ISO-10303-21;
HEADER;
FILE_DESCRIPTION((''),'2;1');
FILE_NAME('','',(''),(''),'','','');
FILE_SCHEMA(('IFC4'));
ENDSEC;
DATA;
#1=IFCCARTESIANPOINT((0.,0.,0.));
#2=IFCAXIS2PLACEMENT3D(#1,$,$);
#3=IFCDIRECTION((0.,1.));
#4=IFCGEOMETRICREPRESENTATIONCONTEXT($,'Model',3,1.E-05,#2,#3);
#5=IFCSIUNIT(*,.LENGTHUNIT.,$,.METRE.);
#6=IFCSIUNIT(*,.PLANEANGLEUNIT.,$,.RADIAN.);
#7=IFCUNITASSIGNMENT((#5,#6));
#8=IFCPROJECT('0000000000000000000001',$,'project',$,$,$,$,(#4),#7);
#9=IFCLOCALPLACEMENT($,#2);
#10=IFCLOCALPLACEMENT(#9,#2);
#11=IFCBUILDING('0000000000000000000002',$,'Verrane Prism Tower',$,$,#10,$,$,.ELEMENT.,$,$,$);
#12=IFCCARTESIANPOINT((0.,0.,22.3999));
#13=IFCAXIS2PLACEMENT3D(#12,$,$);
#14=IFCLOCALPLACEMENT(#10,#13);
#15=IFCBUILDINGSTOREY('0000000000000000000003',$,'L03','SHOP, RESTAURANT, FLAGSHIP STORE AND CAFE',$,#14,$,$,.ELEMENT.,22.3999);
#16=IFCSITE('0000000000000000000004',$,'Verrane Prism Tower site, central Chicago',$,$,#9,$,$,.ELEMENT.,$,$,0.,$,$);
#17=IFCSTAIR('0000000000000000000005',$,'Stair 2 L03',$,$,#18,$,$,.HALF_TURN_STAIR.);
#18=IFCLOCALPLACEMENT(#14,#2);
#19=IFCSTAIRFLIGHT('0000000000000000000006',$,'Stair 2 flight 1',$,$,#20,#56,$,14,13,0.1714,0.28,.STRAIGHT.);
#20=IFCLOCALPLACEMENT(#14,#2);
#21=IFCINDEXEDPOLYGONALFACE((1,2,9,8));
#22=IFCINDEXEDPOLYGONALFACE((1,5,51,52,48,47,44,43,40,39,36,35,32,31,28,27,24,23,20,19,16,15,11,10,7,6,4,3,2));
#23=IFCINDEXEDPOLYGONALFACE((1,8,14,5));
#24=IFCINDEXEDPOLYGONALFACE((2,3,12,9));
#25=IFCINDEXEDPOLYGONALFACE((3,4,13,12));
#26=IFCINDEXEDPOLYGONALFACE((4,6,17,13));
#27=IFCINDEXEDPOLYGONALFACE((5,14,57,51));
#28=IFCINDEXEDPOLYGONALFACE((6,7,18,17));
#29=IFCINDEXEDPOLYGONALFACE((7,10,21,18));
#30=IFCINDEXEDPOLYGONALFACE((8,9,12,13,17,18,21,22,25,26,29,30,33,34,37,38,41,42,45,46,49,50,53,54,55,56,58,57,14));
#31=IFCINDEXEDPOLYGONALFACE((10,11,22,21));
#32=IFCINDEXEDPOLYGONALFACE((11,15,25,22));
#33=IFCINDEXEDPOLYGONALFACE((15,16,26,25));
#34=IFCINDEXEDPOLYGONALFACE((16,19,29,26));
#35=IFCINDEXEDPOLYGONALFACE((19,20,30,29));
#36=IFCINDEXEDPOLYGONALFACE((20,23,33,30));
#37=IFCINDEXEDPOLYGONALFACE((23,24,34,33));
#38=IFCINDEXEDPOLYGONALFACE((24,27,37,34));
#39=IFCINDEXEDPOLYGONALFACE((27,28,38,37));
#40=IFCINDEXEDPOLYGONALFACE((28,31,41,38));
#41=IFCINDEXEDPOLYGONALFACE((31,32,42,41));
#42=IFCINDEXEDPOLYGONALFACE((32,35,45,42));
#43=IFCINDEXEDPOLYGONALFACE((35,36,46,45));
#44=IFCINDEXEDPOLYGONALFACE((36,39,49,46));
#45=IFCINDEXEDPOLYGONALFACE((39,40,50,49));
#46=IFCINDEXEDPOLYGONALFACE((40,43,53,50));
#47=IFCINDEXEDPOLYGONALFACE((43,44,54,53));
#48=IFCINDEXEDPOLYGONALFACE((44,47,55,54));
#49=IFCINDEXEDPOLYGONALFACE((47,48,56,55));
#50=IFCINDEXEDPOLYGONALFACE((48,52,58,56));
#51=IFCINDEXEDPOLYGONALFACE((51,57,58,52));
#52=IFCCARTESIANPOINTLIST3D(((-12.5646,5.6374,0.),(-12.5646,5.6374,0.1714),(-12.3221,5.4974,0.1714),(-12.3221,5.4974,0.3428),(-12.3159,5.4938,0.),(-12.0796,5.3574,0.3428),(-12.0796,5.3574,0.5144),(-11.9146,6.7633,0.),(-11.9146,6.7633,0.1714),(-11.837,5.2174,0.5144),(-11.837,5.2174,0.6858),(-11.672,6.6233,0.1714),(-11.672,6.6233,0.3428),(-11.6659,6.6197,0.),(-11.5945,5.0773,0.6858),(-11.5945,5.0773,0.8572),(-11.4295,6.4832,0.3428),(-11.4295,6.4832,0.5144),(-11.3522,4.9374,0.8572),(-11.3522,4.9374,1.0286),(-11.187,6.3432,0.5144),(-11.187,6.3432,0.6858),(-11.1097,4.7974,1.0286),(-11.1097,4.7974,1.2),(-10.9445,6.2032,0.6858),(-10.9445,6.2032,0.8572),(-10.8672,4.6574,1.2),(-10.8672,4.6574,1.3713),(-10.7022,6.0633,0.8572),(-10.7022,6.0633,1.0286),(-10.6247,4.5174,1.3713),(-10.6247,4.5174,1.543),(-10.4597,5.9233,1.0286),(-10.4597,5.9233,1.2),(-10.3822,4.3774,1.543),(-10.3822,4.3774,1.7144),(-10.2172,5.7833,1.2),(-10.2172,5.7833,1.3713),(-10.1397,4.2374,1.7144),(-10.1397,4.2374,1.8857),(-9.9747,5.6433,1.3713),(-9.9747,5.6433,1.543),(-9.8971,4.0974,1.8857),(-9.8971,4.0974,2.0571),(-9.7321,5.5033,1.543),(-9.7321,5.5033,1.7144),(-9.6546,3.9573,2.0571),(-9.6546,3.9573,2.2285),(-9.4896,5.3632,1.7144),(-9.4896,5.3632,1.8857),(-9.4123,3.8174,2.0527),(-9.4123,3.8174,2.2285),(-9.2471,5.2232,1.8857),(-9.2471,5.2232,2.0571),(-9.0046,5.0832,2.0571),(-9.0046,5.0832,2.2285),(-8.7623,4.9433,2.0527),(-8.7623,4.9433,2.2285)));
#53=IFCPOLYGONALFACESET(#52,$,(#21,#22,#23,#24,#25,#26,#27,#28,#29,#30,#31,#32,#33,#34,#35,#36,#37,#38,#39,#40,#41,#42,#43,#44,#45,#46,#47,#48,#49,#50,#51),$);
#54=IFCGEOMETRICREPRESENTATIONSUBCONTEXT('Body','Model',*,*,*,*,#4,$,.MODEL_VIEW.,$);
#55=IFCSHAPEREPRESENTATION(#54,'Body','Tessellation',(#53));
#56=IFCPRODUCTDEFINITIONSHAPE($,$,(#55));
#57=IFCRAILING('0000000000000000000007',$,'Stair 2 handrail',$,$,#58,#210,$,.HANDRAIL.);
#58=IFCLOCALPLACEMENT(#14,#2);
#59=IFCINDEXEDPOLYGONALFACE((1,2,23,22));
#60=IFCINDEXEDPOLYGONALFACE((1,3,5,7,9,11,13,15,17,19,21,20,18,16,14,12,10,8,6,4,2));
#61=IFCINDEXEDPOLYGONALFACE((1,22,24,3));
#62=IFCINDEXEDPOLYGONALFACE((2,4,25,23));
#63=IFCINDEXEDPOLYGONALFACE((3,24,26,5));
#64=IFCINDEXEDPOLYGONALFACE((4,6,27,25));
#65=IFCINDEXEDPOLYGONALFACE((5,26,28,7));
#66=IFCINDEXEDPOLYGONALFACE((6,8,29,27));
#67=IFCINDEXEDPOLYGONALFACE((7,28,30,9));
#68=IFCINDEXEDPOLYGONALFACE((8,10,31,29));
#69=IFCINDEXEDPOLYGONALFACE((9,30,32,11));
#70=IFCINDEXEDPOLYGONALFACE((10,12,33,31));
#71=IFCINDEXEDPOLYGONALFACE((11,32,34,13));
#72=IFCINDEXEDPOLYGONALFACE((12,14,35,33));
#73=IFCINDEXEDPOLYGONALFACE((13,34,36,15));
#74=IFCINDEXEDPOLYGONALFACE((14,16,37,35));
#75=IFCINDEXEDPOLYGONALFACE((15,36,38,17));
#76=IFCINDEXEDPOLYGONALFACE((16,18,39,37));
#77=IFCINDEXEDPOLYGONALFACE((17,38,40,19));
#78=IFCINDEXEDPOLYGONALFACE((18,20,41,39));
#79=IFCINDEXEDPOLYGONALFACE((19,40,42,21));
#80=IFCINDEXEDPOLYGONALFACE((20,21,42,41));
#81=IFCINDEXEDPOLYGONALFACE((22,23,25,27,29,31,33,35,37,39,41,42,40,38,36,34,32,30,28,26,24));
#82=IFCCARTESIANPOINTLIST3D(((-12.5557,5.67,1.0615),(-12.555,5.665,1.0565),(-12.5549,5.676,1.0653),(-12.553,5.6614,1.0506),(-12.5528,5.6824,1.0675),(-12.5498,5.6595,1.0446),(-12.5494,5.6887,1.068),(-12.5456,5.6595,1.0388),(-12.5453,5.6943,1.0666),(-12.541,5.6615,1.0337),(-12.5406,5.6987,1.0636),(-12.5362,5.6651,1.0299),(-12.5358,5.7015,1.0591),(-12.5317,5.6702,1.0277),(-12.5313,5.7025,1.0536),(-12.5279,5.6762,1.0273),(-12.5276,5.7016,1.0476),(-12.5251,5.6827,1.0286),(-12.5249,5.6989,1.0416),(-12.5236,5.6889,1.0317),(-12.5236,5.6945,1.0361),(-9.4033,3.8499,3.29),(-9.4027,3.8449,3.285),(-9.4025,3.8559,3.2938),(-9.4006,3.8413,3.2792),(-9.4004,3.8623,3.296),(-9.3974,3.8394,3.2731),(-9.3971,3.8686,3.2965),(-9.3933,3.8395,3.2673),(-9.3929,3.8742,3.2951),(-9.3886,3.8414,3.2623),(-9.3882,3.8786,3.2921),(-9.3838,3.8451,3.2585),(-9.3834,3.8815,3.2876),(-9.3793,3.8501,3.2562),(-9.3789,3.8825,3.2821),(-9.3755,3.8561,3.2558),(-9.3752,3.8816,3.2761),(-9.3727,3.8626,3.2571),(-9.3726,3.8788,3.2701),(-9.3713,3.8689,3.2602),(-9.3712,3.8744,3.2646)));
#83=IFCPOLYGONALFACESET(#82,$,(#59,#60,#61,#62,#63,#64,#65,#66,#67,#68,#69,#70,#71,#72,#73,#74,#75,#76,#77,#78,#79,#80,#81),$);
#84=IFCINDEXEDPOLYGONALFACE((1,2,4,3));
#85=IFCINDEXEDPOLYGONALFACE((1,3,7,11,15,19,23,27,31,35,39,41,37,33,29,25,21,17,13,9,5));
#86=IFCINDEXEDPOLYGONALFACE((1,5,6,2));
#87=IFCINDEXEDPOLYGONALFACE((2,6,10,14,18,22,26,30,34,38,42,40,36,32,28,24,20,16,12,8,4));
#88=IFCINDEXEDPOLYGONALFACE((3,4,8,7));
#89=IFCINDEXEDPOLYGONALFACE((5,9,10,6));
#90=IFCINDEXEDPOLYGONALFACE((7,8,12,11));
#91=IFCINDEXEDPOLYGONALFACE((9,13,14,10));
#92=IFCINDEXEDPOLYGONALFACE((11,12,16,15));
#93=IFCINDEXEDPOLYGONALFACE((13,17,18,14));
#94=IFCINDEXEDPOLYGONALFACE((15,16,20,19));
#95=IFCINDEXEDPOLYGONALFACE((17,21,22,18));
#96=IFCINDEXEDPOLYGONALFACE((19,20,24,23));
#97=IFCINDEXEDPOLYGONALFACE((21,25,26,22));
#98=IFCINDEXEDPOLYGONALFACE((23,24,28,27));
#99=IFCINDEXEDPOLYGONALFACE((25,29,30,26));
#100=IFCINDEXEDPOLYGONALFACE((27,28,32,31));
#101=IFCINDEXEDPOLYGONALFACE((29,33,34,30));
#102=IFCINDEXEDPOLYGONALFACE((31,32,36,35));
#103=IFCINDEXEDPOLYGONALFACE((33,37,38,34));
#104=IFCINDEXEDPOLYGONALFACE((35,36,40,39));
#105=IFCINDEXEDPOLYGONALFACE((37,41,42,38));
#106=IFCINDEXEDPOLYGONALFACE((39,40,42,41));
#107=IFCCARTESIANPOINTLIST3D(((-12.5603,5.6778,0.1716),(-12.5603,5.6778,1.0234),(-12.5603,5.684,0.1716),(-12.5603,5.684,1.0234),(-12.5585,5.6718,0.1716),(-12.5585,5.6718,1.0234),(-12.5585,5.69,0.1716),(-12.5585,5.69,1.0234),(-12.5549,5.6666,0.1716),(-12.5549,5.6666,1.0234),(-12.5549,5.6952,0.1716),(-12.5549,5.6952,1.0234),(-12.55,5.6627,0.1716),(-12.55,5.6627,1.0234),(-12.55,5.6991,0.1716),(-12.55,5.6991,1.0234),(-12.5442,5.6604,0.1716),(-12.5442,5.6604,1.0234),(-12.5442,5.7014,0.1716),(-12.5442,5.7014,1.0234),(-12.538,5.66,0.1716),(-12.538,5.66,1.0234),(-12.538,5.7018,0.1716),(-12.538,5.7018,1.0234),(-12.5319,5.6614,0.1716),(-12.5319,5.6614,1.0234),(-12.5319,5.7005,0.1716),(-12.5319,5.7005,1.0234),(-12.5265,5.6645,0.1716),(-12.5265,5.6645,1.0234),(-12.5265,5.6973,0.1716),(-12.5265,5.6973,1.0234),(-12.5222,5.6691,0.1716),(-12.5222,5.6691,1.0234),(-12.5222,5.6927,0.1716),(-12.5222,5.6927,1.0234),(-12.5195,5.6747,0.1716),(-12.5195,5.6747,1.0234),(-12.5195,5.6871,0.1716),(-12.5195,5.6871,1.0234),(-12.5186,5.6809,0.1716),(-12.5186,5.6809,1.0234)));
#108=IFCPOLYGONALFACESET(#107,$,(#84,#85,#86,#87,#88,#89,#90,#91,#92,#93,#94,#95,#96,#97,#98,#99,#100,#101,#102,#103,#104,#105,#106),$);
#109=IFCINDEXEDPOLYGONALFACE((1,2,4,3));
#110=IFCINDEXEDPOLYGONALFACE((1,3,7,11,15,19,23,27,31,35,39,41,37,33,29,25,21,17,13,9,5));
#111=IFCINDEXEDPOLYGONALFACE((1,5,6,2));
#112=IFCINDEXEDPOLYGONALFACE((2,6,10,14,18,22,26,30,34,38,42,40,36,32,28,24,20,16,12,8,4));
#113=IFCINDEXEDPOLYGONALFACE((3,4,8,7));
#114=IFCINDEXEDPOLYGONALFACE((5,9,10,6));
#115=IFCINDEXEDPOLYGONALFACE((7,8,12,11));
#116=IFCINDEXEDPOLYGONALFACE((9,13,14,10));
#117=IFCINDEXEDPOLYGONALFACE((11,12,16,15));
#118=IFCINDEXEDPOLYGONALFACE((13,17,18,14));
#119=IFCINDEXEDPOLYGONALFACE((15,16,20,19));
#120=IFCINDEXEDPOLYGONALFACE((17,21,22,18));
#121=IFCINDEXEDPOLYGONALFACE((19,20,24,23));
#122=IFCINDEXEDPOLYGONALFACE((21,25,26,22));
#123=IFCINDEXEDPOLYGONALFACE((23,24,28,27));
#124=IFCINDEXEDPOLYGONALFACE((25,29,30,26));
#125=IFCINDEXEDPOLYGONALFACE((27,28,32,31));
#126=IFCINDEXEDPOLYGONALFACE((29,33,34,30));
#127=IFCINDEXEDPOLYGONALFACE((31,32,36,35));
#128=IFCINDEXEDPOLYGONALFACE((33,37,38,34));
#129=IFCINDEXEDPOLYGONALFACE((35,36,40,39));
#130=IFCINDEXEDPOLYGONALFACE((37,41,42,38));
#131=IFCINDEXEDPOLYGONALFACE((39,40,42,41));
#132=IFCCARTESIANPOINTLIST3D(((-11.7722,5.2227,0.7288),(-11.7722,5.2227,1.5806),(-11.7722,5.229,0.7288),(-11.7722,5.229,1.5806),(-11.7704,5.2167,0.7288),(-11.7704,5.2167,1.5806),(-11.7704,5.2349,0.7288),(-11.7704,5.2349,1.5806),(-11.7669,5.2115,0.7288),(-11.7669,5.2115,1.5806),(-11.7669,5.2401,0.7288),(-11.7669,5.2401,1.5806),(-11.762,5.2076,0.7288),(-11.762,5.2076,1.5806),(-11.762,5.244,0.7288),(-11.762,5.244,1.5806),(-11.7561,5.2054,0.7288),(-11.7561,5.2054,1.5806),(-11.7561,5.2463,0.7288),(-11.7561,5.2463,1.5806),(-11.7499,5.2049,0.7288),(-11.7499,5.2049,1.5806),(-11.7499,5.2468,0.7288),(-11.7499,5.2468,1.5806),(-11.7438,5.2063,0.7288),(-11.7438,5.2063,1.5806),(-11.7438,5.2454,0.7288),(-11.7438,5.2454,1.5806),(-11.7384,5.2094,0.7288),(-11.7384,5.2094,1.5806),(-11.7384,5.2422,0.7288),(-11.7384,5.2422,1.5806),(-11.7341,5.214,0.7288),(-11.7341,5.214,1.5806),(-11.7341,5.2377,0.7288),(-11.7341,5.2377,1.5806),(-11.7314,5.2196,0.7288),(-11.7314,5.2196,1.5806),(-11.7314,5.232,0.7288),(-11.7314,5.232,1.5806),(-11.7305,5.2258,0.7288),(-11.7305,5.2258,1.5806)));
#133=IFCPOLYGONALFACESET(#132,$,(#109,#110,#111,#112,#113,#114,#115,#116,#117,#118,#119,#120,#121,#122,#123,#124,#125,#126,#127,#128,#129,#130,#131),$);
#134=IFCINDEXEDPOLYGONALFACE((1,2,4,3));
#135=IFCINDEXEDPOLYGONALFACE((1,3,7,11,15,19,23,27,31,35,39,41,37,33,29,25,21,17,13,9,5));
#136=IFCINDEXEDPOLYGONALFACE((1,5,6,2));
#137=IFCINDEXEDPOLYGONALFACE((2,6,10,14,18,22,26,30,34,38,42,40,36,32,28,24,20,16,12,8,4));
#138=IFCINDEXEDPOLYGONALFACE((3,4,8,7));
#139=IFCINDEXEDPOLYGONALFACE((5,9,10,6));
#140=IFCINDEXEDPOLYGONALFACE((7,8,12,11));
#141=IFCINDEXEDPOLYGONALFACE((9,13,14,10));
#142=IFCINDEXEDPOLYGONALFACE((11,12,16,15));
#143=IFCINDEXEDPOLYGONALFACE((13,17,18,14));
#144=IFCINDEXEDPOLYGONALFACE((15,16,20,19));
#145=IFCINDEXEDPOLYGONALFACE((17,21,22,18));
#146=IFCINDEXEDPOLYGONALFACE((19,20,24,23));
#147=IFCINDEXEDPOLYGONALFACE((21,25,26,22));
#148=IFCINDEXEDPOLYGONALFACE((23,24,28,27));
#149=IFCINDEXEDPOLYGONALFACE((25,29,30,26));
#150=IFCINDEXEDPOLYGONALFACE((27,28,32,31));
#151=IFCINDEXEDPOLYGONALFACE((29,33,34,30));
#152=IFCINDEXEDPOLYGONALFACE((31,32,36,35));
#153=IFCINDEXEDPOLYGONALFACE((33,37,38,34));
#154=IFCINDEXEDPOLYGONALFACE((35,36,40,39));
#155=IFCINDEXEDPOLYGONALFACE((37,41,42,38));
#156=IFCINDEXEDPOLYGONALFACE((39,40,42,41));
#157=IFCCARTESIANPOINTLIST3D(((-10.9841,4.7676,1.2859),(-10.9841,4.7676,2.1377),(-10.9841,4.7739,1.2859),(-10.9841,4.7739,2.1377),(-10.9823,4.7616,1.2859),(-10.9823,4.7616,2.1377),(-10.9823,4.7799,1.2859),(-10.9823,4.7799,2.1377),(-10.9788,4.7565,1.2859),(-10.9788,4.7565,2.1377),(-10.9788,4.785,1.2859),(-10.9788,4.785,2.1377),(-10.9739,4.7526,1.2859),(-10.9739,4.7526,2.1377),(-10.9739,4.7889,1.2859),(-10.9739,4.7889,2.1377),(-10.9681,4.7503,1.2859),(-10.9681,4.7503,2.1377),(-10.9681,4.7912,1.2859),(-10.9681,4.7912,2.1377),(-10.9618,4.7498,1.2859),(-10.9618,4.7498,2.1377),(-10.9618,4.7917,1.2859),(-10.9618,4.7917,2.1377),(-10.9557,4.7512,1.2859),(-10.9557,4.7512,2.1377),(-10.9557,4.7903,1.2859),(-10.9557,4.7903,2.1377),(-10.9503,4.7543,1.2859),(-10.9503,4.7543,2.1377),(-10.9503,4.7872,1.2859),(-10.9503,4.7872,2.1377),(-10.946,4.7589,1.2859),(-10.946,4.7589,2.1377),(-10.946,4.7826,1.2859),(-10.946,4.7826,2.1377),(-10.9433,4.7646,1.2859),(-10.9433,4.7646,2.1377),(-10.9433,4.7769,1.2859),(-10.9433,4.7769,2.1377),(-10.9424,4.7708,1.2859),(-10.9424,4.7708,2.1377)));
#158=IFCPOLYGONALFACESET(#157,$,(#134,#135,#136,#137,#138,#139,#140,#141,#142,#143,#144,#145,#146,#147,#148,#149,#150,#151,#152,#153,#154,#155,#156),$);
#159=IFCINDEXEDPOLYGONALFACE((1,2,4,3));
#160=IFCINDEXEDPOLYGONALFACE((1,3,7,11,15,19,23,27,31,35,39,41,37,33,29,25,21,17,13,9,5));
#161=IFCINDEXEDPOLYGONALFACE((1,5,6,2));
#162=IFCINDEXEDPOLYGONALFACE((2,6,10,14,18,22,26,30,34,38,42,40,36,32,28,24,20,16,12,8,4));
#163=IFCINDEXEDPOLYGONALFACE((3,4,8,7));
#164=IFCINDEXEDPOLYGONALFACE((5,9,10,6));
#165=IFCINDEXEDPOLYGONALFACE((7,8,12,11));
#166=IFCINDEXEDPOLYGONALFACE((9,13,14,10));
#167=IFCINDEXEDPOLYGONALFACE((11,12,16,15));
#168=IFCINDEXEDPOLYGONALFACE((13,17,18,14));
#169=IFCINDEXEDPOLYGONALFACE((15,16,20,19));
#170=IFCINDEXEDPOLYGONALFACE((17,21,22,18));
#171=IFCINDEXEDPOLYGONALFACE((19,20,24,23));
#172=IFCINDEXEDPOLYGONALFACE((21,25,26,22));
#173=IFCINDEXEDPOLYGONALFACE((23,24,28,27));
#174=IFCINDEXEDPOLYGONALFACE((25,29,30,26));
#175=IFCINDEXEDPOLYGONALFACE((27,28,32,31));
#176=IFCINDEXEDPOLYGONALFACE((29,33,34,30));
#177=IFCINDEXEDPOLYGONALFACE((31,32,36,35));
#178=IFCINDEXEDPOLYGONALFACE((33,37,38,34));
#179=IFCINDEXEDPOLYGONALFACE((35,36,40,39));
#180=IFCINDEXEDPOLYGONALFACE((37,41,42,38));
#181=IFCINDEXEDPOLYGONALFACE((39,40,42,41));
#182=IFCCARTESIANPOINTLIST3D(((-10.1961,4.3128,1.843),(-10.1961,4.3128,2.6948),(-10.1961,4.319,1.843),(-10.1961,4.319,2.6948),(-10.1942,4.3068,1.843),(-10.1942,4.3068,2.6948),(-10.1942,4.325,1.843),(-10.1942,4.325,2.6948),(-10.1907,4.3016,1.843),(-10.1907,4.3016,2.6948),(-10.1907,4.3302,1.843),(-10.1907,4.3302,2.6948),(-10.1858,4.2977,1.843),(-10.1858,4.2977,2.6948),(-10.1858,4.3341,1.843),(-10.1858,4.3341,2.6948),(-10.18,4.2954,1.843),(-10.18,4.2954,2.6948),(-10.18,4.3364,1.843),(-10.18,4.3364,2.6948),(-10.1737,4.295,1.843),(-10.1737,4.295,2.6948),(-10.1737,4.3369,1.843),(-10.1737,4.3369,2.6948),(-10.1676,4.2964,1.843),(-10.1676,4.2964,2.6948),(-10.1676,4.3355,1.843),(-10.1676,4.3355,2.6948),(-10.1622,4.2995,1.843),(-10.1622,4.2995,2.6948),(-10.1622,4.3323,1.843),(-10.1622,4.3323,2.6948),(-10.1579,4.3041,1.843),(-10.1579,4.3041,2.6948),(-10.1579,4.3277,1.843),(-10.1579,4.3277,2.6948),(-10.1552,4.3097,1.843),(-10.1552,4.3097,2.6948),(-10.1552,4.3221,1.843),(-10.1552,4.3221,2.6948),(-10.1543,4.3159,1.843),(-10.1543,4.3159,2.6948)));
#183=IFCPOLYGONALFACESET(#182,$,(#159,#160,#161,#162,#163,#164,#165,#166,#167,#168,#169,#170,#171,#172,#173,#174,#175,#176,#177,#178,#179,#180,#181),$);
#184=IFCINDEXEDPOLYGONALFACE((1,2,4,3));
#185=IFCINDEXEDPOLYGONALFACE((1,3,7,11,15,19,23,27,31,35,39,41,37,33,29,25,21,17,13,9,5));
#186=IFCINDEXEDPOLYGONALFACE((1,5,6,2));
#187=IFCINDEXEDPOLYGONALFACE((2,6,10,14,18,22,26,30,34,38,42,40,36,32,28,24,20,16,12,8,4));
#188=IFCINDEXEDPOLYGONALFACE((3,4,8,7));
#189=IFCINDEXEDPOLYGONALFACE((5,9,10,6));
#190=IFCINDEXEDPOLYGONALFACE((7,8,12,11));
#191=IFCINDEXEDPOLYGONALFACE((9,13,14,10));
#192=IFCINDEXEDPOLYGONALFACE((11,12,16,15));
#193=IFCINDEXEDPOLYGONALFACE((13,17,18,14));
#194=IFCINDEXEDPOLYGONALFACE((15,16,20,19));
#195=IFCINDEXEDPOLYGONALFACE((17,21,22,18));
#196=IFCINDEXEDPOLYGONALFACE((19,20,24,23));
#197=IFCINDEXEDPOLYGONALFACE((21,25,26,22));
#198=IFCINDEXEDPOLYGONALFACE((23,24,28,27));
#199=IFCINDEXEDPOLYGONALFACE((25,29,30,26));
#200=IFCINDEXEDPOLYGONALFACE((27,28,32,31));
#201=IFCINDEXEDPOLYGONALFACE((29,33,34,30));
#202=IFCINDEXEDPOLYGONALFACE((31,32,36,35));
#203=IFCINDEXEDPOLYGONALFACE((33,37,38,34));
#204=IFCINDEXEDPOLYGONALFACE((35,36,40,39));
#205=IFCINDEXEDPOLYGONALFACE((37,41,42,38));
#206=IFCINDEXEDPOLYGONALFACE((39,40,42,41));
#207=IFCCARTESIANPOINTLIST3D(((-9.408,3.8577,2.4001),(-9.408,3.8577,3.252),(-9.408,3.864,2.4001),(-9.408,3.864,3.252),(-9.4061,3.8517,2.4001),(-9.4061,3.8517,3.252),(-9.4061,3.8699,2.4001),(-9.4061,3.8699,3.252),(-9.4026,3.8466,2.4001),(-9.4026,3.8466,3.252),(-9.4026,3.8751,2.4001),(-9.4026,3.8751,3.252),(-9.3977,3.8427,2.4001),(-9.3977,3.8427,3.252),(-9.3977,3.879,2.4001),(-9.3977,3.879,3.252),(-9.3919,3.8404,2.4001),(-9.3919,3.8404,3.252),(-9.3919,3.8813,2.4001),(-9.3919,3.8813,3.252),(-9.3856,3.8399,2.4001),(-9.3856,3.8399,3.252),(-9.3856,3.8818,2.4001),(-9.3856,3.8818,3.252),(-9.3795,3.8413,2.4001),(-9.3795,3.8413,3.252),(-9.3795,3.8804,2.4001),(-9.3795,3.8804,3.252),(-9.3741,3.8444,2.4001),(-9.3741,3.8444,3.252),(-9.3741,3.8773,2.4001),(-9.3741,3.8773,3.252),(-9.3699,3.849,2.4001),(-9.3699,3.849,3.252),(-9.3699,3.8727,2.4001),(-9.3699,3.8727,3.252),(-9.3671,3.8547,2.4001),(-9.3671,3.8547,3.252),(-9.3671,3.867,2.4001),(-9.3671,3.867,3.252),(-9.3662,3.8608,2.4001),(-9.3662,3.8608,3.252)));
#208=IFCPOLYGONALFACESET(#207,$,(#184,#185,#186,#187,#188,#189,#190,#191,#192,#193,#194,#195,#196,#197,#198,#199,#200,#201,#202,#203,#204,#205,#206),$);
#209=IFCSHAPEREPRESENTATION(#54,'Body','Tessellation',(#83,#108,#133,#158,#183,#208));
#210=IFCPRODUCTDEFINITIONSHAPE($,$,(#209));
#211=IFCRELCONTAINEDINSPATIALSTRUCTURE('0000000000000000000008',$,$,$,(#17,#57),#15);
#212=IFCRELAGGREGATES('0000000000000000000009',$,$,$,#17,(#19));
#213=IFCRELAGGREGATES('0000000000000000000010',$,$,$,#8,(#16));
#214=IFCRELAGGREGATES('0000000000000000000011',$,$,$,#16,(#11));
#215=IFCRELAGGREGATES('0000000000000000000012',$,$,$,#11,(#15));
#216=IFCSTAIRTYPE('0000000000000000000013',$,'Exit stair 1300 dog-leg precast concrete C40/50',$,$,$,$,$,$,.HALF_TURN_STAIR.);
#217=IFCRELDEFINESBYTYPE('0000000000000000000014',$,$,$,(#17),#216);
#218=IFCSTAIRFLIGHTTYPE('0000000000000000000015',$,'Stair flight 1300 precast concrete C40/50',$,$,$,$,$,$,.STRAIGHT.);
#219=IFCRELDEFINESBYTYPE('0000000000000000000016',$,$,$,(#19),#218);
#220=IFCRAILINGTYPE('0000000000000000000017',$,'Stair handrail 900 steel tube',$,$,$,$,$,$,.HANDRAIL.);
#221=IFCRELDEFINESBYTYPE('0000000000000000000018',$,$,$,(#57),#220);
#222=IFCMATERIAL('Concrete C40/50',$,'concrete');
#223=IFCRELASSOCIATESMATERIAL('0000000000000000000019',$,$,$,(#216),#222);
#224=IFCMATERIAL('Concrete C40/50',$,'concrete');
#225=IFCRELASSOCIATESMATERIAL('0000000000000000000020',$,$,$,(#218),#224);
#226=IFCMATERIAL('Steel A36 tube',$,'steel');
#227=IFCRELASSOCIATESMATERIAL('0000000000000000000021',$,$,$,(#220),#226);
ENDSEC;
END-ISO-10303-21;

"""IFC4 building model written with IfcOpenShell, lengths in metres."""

from ifc_helpers import new_model, si_unit, direction, frame, origin, origin_2d, place, context, subcontext, project, spatial, polyline, circle, outline, extrude, material, type_object, element, aggregate, save


model = new_model("IFC4")

# Units and contexts
model_context = context("Model", 3, precision=1e-05, world=origin(), true_north=direction((0.0, 1.0)))
body_context = subcontext(model_context, "Body", "Model", "MODEL_VIEW")
ifc_project = project(units=[si_unit("LENGTHUNIT", "METRE"), si_unit("PLANEANGLEUNIT", "RADIAN")], contexts=[model_context])

# Site, building, storey
site_placement = place(None, origin())
site = spatial("IfcSite", under=ifc_project, at=site_placement, Name="Verrane Prism Tower site, central Chicago", CompositionType="ELEMENT", RefElevation=0.0)
building_placement = place(site_placement, origin())
building = spatial("IfcBuilding", under=site, at=building_placement, Name="Verrane Prism Tower", CompositionType="ELEMENT")
storey_placement = place(building_placement, frame((0.0, 0.0, 22.3999)))
storey = spatial("IfcBuildingStorey", under=building, at=storey_placement, Name="L03", Description="SHOP, RESTAURANT, FLAGSHIP STORE AND CAFE", CompositionType="ELEMENT", Elevation=22.3999)

# Stair, stair flight
ifc_material_1 = material(Name="Concrete C40/50", Category="concrete")
stair_type = type_object("IfcStairType", Name="Exit stair 1300 dog-leg precast concrete C40/50", PredefinedType="HALF_TURN_STAIR", material=ifc_material_1)
stair_placement = place(storey_placement, origin())
stair = element("IfcStair", 1, at=stair_placement, inside=storey, type_object=stair_type, Name="Stair 2 L03", PredefinedType="HALF_TURN_STAIR")
ifc_material_2 = material(Name="Concrete C40/50", Category="concrete")
stair_flight_type = type_object("IfcStairFlightType", Name="Stair flight 1300 precast concrete C40/50", PredefinedType="STRAIGHT", material=ifc_material_2)
stair_flight_placement = place(storey_placement, frame((-12.2395, 6.2004, 0.0), z_axis=(0.0, 0.0, 1.0), x_axis=(0.866025, -0.5, 0.0)))
stair_flight = element("IfcStairFlight", 2, at=stair_flight_placement, type_object=stair_flight_type, Name="Stair 2 flight 1", NumberOfRisers=14, NumberOfTreads=13, PredefinedType="STRAIGHT", RiserHeight=0.1714, TreadLength=0.28, context=body_context, shape_type="SweptSolid", body=[
    extrude(outline(polyline([(0.0, 0.0), (0.0, 0.1714), (0.28, 0.1714), (0.28, 0.3428), (0.5601, 0.3428), (0.5601, 0.5144), (0.8401, 0.5144), (0.8401, 0.6858), (1.1201, 0.6858), (1.1201, 0.8572), (1.3999, 0.8572), (1.3999, 1.0286), (1.6799, 1.0286), (1.6799, 1.2), (1.96, 1.2), (1.96, 1.3713), (2.24, 1.3713), (2.24, 1.543), (2.52, 1.543), (2.52, 1.7144), (2.8, 1.7144), (2.8, 1.8857), (3.0801, 1.8857), (3.0801, 2.0571), (3.3601, 2.0571), (3.3601, 2.2285), (3.6399, 2.2285), (3.6399, 2.3999), (3.6399, 2.0527), (0.2871, 0.0), (0.0, 0.0)])), frame((0.0, 0.6499, 0.0), z_axis=(0.0, -1.0, 0.0), x_axis=(1.0, 0.0, 0.0)), (0.0, 0.0, 1.0), 1.3),
])
aggregate(stair, [stair_flight])

# Railing
ifc_material_3 = material(Name="Steel A36 tube", Category="steel")
railing_type_1 = type_object("IfcRailingType", Name="Stair handrail 900 steel tube", PredefinedType="HANDRAIL", material=ifc_material_3)
railing_1_placement = place(storey_placement, frame((-12.5396, 5.6809, 0.1716)))
element("IfcRailing", 3, at=railing_1_placement, inside=storey, type_object=railing_type_1, Name="Stair 2 handrail", PredefinedType="HANDRAIL", context=body_context, shape_type="SweptSolid", body=[
    extrude(circle(Radius=0.0239, at=origin_2d()), frame((0.0, 0.0, 0.876), z_axis=(0.738592, -0.426441, 0.52214), x_axis=(0.500013, 0.866018, 0.0)), (0.0, 0.0, 1.0), 4.2681),
    extrude(circle(Radius=0.021, at=origin_2d()), origin(), (0.0, 0.0, 1.0), 0.8518),
    extrude(circle(Radius=0.021, at=origin_2d()), frame((0.7881, -0.4551, 0.5571)), (0.0, 0.0, 1.0), 0.8518),
    extrude(circle(Radius=0.021, at=origin_2d()), frame((1.5762, -0.9102, 1.1143)), (0.0, 0.0, 1.0), 0.8518),
    extrude(circle(Radius=0.021, at=origin_2d()), frame((2.3643, -1.365, 1.6714)), (0.0, 0.0, 1.0), 0.8518),
    extrude(circle(Radius=0.021, at=origin_2d()), frame((3.1523, -1.8201, 2.2285)), (0.0, 0.0, 1.0), 0.8518),
])

save(model, "model.ifc")
